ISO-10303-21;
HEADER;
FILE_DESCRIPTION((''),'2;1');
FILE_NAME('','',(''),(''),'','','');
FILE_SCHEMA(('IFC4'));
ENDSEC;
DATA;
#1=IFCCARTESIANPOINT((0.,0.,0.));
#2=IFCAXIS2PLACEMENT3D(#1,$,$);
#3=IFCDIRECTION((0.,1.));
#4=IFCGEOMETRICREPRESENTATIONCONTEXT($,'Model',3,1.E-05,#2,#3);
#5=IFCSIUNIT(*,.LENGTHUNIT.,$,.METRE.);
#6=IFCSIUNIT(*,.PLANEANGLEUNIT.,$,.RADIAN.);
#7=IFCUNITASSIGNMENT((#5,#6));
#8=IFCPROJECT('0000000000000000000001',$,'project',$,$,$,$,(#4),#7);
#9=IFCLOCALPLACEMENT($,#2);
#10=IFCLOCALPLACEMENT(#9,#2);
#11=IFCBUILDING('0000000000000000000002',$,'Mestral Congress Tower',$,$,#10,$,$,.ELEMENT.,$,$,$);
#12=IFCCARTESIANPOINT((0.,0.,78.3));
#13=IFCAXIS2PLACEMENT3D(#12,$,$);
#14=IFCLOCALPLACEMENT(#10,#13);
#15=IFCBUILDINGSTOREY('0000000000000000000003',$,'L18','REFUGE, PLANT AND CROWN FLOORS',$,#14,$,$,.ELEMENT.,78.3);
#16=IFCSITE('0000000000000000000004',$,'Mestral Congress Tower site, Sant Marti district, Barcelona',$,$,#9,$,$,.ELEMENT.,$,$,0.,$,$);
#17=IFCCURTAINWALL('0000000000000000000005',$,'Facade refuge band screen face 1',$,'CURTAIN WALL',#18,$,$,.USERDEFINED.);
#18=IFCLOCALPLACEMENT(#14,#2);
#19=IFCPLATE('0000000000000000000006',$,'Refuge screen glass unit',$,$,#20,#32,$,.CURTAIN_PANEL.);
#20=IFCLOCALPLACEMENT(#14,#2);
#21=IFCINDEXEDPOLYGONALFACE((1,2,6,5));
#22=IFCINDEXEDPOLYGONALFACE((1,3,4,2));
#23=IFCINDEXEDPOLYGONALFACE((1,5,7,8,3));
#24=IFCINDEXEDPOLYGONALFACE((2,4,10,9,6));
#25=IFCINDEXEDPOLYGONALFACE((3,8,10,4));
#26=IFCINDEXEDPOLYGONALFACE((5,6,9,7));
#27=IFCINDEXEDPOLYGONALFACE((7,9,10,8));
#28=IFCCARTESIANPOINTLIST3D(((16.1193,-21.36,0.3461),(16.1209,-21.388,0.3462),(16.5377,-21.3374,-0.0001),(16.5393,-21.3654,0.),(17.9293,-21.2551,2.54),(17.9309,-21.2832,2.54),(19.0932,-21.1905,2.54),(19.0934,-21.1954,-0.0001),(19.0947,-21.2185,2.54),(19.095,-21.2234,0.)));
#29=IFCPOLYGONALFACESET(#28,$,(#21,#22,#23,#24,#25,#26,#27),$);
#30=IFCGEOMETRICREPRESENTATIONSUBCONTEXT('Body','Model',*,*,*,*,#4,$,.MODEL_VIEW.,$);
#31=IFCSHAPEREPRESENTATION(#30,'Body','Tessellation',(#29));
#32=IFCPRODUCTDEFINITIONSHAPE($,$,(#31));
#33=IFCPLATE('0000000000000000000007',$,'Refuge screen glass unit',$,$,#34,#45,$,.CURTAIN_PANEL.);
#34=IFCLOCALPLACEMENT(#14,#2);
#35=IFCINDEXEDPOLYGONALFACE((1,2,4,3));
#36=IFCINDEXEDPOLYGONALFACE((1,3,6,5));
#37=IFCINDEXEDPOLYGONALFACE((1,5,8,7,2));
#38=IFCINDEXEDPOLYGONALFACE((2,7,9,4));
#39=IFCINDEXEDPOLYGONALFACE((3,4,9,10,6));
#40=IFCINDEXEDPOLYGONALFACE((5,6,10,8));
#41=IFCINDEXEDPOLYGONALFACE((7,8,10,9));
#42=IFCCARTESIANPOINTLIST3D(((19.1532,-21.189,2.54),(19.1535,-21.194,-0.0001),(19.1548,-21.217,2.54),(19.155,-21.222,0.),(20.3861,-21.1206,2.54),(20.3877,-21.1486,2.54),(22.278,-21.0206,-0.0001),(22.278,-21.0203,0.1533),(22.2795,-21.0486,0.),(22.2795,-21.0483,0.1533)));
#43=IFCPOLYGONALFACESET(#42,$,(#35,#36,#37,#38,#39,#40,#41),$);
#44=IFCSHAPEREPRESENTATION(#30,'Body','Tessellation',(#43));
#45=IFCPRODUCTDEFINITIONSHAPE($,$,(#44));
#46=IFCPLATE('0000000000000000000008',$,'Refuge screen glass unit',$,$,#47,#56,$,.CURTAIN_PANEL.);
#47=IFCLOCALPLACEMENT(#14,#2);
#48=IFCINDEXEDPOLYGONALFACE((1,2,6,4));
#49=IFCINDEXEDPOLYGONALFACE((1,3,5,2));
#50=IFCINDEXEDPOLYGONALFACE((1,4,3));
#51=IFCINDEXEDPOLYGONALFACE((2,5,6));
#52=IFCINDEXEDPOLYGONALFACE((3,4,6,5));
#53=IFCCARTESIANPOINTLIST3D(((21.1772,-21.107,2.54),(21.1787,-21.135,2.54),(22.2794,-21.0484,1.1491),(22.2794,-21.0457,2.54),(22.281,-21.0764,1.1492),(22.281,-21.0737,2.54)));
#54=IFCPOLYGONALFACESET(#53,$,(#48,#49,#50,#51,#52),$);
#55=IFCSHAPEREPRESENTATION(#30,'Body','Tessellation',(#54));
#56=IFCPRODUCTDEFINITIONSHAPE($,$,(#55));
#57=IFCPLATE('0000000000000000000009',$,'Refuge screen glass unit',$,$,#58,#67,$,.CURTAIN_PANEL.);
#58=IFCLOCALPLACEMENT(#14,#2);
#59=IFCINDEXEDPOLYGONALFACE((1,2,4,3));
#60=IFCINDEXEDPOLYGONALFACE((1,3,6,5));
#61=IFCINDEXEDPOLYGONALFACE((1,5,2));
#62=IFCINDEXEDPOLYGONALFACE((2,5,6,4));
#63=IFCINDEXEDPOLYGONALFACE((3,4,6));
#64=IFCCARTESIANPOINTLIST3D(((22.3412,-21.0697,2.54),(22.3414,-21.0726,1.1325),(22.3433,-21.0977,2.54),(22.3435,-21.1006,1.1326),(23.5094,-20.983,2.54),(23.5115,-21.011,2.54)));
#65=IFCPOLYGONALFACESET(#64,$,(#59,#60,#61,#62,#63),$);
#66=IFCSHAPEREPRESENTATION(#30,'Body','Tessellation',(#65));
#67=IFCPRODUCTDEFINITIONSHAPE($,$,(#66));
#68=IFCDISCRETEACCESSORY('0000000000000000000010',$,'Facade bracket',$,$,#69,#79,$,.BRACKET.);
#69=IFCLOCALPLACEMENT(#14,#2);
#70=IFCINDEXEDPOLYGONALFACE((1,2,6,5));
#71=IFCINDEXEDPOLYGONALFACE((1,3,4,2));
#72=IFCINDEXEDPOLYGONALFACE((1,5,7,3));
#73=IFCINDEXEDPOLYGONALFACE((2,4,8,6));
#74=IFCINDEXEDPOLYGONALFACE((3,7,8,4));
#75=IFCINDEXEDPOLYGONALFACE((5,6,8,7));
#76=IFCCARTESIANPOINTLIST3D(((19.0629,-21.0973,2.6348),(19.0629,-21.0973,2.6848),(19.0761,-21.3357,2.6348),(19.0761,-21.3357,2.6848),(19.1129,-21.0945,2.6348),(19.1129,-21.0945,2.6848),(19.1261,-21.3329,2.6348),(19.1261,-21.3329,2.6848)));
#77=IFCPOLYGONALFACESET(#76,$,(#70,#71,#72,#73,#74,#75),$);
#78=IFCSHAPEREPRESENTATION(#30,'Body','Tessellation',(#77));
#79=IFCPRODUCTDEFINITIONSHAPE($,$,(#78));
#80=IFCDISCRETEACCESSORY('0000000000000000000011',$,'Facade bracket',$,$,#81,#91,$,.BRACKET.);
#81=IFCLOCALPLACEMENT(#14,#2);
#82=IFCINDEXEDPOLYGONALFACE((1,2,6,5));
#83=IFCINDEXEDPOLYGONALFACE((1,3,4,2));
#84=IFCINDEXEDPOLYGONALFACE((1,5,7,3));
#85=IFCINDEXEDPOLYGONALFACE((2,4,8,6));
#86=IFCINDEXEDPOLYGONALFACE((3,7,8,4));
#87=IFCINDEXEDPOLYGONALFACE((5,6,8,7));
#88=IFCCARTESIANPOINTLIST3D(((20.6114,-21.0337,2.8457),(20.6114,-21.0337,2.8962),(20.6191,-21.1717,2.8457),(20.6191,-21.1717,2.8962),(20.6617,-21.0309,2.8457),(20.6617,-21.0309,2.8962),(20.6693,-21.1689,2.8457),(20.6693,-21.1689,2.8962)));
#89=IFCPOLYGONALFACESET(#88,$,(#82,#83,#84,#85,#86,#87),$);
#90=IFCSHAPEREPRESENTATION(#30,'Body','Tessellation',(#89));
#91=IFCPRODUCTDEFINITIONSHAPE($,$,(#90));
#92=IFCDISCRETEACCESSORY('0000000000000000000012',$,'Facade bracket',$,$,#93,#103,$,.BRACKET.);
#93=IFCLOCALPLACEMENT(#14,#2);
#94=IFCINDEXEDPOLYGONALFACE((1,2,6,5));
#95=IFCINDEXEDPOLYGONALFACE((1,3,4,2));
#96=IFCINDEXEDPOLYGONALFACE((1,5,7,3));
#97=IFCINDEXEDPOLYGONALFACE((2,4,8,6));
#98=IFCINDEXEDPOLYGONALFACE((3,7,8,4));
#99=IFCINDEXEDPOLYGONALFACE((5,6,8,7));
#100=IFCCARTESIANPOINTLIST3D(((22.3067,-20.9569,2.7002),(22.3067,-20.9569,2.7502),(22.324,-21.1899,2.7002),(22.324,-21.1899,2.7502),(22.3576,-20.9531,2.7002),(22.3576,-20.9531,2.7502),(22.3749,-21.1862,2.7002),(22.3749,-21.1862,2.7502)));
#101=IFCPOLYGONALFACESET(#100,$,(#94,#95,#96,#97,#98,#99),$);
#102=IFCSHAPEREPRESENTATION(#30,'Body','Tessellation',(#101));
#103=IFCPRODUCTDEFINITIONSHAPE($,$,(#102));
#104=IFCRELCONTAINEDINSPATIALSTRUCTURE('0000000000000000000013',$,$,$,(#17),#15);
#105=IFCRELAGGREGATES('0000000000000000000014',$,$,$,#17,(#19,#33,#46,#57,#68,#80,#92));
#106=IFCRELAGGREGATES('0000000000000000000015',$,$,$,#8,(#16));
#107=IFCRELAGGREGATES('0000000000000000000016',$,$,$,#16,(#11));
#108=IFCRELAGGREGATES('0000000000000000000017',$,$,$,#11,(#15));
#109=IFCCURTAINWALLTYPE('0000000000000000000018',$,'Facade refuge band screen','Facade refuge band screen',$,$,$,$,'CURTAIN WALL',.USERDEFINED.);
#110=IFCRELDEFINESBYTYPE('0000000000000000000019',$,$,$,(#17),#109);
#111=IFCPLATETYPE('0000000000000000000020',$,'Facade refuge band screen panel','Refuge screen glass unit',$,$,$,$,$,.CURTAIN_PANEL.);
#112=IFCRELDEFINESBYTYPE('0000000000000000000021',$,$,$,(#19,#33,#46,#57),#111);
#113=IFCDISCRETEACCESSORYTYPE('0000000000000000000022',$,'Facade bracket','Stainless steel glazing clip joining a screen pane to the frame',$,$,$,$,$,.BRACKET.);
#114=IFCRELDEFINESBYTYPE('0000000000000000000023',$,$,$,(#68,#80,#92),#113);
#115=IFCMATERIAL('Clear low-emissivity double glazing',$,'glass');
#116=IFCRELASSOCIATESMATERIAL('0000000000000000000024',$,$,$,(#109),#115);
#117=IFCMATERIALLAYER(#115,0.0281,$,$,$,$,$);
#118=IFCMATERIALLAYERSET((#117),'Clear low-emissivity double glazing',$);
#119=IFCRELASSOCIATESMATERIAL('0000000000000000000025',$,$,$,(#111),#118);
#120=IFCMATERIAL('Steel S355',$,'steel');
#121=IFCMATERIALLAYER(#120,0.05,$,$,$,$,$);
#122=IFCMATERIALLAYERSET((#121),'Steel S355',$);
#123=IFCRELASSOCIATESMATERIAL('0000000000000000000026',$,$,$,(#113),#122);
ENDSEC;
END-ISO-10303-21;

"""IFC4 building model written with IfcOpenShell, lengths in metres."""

from ifc_helpers import new_model, si_unit, direction, frame, origin, origin_2d, place, context, subcontext, project, spatial, polyline, rectangle, outline, extrude, material, layer, layer_set, type_object, element, aggregate, save


model = new_model("IFC4")

# Units and contexts
model_context = context("Model", 3, precision=1e-05, world=origin(), true_north=direction((0.0, 1.0)))
body_context = subcontext(model_context, "Body", "Model", "MODEL_VIEW")
ifc_project = project(units=[si_unit("LENGTHUNIT", "METRE"), si_unit("PLANEANGLEUNIT", "RADIAN")], contexts=[model_context])

# Site, building, storey
site_placement = place(None, origin())
site = spatial("IfcSite", under=ifc_project, at=site_placement, Name="Mestral Congress Tower site, Sant Marti district, Barcelona", CompositionType="ELEMENT", RefElevation=0.0)
building_placement = place(site_placement, origin())
building = spatial("IfcBuilding", under=site, at=building_placement, Name="Mestral Congress Tower", CompositionType="ELEMENT")
storey_placement = place(building_placement, frame((0.0, 0.0, 78.3)))
storey = spatial("IfcBuildingStorey", under=building, at=storey_placement, Name="L18", Description="REFUGE, PLANT AND CROWN FLOORS", CompositionType="ELEMENT", Elevation=78.3)

# Shared definitions
ifc_material_1 = material(Name="Steel S355", Category="steel")

# Curtain wall, plates, discrete accessories
ifc_material_2 = material(Name="Clear low-emissivity double glazing", Category="glass")
curtain_wall_type = type_object("IfcCurtainWallType", Name="Facade refuge band screen", Description="Facade refuge band screen", ElementType="CURTAIN WALL", PredefinedType="USERDEFINED", material=ifc_material_2)
curtain_wall_placement = place(storey_placement, origin())
curtain_wall = element("IfcCurtainWall", 1, at=curtain_wall_placement, inside=storey, type_object=curtain_wall_type, Name="Facade refuge band screen face 1", ObjectType="CURTAIN WALL", PredefinedType="USERDEFINED")
ifc_layer_1 = layer(ifc_material_2, 0.0281)
ifc_layer_set_1 = layer_set([ifc_layer_1], Name="Clear low-emissivity double glazing")
plate_type_1 = type_object("IfcPlateType", Name="Facade refuge band screen panel", Description="Refuge screen glass unit", PredefinedType="CURTAIN_PANEL", material=ifc_layer_set_1)
plate_1_placement = place(storey_placement, frame((19.0947, -21.2185, 2.54), z_axis=(0.055479, -0.998458, 0.001944), x_axis=(0.000097, -0.001942, -0.999998)))
plate_1 = element("IfcPlate", 2, at=plate_1_placement, type_object=plate_type_1, Name="Refuge screen glass unit", PredefinedType="CURTAIN_PANEL", context=body_context, shape_type="SweptSolid", body=[
    extrude(outline(polyline([(0.0, 0.0), (2.54, 0.0), (2.5401, -2.5596), (2.1939, -2.9787), (0.0, -1.1656), (0.0, 0.0)])), origin(), (0.0, 0.0, -1.0), 0.0281),
])
plate_2_placement = place(storey_placement, frame((19.1548, -21.217, 2.54), z_axis=(0.055427, -0.998461, 0.001972), x_axis=(0.998463, 0.055427, 0.0)))
plate_2 = element("IfcPlate", 3, at=plate_2_placement, type_object=plate_type_1, Name="Refuge screen glass unit", PredefinedType="CURTAIN_PANEL", context=body_context, shape_type="SweptSolid", body=[
    extrude(outline(polyline([(0.0, 0.0), (1.2348, 0.0), (3.1293, -2.3867), (3.1293, -2.54), (0.0, -2.54), (0.0, 0.0)])), origin(), (0.0, 0.0, -1.0), 0.0281),
])
plate_3_placement = place(storey_placement, frame((22.281, -21.0737, 2.54), z_axis=(0.055507, -0.998456, 0.001928), x_axis=(0.0, -0.001931, -0.999998)))
plate_3 = element("IfcPlate", 4, at=plate_3_placement, type_object=plate_type_1, Name="Refuge screen glass unit", PredefinedType="CURTAIN_PANEL", context=body_context, shape_type="SweptSolid", body=[
    extrude(outline(polyline([(0.0, 0.0), (1.3909, 0.0), (0.0001, -1.104), (0.0, 0.0)])), origin(), (0.0, 0.0, -1.0), 0.0281),
])
plate_4_placement = place(storey_placement, frame((22.3433, -21.0977, 2.54), z_axis=(0.073987, -0.997257, 0.002089), x_axis=(0.997259, 0.073987, 0.0)))
plate_4 = element("IfcPlate", 5, at=plate_4_placement, type_object=plate_type_1, Name="Refuge screen glass unit", PredefinedType="CURTAIN_PANEL", context=body_context, shape_type="SweptSolid", body=[
    extrude(outline(polyline([(0.0, 0.0), (1.1714, 0.0), (0.0, -1.4075), (0.0, 0.0)])), origin(), (0.0, 0.0, -1.0), 0.0281),
])
ifc_layer_2 = layer(ifc_material_1, 0.05)
ifc_layer_set_2 = layer_set([ifc_layer_2], Name="Steel S355")
discrete_accessory_type = type_object("IfcDiscreteAccessoryType", Name="Facade bracket", Description="Stainless steel glazing clip joining a screen pane to the frame", PredefinedType="BRACKET", material=ifc_layer_set_2)
discrete_accessory_1_placement = place(storey_placement, frame((19.0945, -21.2151, 2.6348), z_axis=(0.0, 0.0, 1.0), x_axis=(0.998463, 0.055424, 0.0)))
discrete_accessory_1 = element("IfcDiscreteAccessory", 6, at=discrete_accessory_1_placement, type_object=discrete_accessory_type, Name="Facade bracket", PredefinedType="BRACKET", context=body_context, shape_type="SweptSolid", body=[
    extrude(rectangle(XDim=0.05, YDim=0.2388, at=origin_2d()), origin(), (0.0, 0.0, 1.0), 0.05),
])
discrete_accessory_2_placement = place(storey_placement, frame((20.6404, -21.1013, 2.8457), z_axis=(0.0, 0.0, 1.0), x_axis=(0.998461, 0.05545, 0.0)))
discrete_accessory_2 = element("IfcDiscreteAccessory", 7, at=discrete_accessory_2_placement, type_object=discrete_accessory_type, Name="Facade bracket", PredefinedType="BRACKET", context=body_context, shape_type="SweptSolid", body=[
    extrude(rectangle(XDim=0.0503, YDim=0.1382, at=origin_2d()), origin(), (0.0, 0.0, 1.0), 0.0505),
])
discrete_accessory_3_placement = place(storey_placement, frame((22.3408, -21.0715, 2.7002), z_axis=(0.0, 0.0, 1.0), x_axis=(0.997267, 0.073879, 0.0)))
discrete_accessory_3 = element("IfcDiscreteAccessory", 8, at=discrete_accessory_3_placement, type_object=discrete_accessory_type, Name="Facade bracket", PredefinedType="BRACKET", context=body_context, shape_type="SweptSolid", body=[
    extrude(rectangle(XDim=0.051, YDim=0.2336, at=origin_2d()), origin(), (0.0, 0.0, 1.0), 0.05),
])
aggregate(curtain_wall, [plate_1, plate_2, plate_3, plate_4, discrete_accessory_1, discrete_accessory_2, discrete_accessory_3])

save(model, "model.ifc")
